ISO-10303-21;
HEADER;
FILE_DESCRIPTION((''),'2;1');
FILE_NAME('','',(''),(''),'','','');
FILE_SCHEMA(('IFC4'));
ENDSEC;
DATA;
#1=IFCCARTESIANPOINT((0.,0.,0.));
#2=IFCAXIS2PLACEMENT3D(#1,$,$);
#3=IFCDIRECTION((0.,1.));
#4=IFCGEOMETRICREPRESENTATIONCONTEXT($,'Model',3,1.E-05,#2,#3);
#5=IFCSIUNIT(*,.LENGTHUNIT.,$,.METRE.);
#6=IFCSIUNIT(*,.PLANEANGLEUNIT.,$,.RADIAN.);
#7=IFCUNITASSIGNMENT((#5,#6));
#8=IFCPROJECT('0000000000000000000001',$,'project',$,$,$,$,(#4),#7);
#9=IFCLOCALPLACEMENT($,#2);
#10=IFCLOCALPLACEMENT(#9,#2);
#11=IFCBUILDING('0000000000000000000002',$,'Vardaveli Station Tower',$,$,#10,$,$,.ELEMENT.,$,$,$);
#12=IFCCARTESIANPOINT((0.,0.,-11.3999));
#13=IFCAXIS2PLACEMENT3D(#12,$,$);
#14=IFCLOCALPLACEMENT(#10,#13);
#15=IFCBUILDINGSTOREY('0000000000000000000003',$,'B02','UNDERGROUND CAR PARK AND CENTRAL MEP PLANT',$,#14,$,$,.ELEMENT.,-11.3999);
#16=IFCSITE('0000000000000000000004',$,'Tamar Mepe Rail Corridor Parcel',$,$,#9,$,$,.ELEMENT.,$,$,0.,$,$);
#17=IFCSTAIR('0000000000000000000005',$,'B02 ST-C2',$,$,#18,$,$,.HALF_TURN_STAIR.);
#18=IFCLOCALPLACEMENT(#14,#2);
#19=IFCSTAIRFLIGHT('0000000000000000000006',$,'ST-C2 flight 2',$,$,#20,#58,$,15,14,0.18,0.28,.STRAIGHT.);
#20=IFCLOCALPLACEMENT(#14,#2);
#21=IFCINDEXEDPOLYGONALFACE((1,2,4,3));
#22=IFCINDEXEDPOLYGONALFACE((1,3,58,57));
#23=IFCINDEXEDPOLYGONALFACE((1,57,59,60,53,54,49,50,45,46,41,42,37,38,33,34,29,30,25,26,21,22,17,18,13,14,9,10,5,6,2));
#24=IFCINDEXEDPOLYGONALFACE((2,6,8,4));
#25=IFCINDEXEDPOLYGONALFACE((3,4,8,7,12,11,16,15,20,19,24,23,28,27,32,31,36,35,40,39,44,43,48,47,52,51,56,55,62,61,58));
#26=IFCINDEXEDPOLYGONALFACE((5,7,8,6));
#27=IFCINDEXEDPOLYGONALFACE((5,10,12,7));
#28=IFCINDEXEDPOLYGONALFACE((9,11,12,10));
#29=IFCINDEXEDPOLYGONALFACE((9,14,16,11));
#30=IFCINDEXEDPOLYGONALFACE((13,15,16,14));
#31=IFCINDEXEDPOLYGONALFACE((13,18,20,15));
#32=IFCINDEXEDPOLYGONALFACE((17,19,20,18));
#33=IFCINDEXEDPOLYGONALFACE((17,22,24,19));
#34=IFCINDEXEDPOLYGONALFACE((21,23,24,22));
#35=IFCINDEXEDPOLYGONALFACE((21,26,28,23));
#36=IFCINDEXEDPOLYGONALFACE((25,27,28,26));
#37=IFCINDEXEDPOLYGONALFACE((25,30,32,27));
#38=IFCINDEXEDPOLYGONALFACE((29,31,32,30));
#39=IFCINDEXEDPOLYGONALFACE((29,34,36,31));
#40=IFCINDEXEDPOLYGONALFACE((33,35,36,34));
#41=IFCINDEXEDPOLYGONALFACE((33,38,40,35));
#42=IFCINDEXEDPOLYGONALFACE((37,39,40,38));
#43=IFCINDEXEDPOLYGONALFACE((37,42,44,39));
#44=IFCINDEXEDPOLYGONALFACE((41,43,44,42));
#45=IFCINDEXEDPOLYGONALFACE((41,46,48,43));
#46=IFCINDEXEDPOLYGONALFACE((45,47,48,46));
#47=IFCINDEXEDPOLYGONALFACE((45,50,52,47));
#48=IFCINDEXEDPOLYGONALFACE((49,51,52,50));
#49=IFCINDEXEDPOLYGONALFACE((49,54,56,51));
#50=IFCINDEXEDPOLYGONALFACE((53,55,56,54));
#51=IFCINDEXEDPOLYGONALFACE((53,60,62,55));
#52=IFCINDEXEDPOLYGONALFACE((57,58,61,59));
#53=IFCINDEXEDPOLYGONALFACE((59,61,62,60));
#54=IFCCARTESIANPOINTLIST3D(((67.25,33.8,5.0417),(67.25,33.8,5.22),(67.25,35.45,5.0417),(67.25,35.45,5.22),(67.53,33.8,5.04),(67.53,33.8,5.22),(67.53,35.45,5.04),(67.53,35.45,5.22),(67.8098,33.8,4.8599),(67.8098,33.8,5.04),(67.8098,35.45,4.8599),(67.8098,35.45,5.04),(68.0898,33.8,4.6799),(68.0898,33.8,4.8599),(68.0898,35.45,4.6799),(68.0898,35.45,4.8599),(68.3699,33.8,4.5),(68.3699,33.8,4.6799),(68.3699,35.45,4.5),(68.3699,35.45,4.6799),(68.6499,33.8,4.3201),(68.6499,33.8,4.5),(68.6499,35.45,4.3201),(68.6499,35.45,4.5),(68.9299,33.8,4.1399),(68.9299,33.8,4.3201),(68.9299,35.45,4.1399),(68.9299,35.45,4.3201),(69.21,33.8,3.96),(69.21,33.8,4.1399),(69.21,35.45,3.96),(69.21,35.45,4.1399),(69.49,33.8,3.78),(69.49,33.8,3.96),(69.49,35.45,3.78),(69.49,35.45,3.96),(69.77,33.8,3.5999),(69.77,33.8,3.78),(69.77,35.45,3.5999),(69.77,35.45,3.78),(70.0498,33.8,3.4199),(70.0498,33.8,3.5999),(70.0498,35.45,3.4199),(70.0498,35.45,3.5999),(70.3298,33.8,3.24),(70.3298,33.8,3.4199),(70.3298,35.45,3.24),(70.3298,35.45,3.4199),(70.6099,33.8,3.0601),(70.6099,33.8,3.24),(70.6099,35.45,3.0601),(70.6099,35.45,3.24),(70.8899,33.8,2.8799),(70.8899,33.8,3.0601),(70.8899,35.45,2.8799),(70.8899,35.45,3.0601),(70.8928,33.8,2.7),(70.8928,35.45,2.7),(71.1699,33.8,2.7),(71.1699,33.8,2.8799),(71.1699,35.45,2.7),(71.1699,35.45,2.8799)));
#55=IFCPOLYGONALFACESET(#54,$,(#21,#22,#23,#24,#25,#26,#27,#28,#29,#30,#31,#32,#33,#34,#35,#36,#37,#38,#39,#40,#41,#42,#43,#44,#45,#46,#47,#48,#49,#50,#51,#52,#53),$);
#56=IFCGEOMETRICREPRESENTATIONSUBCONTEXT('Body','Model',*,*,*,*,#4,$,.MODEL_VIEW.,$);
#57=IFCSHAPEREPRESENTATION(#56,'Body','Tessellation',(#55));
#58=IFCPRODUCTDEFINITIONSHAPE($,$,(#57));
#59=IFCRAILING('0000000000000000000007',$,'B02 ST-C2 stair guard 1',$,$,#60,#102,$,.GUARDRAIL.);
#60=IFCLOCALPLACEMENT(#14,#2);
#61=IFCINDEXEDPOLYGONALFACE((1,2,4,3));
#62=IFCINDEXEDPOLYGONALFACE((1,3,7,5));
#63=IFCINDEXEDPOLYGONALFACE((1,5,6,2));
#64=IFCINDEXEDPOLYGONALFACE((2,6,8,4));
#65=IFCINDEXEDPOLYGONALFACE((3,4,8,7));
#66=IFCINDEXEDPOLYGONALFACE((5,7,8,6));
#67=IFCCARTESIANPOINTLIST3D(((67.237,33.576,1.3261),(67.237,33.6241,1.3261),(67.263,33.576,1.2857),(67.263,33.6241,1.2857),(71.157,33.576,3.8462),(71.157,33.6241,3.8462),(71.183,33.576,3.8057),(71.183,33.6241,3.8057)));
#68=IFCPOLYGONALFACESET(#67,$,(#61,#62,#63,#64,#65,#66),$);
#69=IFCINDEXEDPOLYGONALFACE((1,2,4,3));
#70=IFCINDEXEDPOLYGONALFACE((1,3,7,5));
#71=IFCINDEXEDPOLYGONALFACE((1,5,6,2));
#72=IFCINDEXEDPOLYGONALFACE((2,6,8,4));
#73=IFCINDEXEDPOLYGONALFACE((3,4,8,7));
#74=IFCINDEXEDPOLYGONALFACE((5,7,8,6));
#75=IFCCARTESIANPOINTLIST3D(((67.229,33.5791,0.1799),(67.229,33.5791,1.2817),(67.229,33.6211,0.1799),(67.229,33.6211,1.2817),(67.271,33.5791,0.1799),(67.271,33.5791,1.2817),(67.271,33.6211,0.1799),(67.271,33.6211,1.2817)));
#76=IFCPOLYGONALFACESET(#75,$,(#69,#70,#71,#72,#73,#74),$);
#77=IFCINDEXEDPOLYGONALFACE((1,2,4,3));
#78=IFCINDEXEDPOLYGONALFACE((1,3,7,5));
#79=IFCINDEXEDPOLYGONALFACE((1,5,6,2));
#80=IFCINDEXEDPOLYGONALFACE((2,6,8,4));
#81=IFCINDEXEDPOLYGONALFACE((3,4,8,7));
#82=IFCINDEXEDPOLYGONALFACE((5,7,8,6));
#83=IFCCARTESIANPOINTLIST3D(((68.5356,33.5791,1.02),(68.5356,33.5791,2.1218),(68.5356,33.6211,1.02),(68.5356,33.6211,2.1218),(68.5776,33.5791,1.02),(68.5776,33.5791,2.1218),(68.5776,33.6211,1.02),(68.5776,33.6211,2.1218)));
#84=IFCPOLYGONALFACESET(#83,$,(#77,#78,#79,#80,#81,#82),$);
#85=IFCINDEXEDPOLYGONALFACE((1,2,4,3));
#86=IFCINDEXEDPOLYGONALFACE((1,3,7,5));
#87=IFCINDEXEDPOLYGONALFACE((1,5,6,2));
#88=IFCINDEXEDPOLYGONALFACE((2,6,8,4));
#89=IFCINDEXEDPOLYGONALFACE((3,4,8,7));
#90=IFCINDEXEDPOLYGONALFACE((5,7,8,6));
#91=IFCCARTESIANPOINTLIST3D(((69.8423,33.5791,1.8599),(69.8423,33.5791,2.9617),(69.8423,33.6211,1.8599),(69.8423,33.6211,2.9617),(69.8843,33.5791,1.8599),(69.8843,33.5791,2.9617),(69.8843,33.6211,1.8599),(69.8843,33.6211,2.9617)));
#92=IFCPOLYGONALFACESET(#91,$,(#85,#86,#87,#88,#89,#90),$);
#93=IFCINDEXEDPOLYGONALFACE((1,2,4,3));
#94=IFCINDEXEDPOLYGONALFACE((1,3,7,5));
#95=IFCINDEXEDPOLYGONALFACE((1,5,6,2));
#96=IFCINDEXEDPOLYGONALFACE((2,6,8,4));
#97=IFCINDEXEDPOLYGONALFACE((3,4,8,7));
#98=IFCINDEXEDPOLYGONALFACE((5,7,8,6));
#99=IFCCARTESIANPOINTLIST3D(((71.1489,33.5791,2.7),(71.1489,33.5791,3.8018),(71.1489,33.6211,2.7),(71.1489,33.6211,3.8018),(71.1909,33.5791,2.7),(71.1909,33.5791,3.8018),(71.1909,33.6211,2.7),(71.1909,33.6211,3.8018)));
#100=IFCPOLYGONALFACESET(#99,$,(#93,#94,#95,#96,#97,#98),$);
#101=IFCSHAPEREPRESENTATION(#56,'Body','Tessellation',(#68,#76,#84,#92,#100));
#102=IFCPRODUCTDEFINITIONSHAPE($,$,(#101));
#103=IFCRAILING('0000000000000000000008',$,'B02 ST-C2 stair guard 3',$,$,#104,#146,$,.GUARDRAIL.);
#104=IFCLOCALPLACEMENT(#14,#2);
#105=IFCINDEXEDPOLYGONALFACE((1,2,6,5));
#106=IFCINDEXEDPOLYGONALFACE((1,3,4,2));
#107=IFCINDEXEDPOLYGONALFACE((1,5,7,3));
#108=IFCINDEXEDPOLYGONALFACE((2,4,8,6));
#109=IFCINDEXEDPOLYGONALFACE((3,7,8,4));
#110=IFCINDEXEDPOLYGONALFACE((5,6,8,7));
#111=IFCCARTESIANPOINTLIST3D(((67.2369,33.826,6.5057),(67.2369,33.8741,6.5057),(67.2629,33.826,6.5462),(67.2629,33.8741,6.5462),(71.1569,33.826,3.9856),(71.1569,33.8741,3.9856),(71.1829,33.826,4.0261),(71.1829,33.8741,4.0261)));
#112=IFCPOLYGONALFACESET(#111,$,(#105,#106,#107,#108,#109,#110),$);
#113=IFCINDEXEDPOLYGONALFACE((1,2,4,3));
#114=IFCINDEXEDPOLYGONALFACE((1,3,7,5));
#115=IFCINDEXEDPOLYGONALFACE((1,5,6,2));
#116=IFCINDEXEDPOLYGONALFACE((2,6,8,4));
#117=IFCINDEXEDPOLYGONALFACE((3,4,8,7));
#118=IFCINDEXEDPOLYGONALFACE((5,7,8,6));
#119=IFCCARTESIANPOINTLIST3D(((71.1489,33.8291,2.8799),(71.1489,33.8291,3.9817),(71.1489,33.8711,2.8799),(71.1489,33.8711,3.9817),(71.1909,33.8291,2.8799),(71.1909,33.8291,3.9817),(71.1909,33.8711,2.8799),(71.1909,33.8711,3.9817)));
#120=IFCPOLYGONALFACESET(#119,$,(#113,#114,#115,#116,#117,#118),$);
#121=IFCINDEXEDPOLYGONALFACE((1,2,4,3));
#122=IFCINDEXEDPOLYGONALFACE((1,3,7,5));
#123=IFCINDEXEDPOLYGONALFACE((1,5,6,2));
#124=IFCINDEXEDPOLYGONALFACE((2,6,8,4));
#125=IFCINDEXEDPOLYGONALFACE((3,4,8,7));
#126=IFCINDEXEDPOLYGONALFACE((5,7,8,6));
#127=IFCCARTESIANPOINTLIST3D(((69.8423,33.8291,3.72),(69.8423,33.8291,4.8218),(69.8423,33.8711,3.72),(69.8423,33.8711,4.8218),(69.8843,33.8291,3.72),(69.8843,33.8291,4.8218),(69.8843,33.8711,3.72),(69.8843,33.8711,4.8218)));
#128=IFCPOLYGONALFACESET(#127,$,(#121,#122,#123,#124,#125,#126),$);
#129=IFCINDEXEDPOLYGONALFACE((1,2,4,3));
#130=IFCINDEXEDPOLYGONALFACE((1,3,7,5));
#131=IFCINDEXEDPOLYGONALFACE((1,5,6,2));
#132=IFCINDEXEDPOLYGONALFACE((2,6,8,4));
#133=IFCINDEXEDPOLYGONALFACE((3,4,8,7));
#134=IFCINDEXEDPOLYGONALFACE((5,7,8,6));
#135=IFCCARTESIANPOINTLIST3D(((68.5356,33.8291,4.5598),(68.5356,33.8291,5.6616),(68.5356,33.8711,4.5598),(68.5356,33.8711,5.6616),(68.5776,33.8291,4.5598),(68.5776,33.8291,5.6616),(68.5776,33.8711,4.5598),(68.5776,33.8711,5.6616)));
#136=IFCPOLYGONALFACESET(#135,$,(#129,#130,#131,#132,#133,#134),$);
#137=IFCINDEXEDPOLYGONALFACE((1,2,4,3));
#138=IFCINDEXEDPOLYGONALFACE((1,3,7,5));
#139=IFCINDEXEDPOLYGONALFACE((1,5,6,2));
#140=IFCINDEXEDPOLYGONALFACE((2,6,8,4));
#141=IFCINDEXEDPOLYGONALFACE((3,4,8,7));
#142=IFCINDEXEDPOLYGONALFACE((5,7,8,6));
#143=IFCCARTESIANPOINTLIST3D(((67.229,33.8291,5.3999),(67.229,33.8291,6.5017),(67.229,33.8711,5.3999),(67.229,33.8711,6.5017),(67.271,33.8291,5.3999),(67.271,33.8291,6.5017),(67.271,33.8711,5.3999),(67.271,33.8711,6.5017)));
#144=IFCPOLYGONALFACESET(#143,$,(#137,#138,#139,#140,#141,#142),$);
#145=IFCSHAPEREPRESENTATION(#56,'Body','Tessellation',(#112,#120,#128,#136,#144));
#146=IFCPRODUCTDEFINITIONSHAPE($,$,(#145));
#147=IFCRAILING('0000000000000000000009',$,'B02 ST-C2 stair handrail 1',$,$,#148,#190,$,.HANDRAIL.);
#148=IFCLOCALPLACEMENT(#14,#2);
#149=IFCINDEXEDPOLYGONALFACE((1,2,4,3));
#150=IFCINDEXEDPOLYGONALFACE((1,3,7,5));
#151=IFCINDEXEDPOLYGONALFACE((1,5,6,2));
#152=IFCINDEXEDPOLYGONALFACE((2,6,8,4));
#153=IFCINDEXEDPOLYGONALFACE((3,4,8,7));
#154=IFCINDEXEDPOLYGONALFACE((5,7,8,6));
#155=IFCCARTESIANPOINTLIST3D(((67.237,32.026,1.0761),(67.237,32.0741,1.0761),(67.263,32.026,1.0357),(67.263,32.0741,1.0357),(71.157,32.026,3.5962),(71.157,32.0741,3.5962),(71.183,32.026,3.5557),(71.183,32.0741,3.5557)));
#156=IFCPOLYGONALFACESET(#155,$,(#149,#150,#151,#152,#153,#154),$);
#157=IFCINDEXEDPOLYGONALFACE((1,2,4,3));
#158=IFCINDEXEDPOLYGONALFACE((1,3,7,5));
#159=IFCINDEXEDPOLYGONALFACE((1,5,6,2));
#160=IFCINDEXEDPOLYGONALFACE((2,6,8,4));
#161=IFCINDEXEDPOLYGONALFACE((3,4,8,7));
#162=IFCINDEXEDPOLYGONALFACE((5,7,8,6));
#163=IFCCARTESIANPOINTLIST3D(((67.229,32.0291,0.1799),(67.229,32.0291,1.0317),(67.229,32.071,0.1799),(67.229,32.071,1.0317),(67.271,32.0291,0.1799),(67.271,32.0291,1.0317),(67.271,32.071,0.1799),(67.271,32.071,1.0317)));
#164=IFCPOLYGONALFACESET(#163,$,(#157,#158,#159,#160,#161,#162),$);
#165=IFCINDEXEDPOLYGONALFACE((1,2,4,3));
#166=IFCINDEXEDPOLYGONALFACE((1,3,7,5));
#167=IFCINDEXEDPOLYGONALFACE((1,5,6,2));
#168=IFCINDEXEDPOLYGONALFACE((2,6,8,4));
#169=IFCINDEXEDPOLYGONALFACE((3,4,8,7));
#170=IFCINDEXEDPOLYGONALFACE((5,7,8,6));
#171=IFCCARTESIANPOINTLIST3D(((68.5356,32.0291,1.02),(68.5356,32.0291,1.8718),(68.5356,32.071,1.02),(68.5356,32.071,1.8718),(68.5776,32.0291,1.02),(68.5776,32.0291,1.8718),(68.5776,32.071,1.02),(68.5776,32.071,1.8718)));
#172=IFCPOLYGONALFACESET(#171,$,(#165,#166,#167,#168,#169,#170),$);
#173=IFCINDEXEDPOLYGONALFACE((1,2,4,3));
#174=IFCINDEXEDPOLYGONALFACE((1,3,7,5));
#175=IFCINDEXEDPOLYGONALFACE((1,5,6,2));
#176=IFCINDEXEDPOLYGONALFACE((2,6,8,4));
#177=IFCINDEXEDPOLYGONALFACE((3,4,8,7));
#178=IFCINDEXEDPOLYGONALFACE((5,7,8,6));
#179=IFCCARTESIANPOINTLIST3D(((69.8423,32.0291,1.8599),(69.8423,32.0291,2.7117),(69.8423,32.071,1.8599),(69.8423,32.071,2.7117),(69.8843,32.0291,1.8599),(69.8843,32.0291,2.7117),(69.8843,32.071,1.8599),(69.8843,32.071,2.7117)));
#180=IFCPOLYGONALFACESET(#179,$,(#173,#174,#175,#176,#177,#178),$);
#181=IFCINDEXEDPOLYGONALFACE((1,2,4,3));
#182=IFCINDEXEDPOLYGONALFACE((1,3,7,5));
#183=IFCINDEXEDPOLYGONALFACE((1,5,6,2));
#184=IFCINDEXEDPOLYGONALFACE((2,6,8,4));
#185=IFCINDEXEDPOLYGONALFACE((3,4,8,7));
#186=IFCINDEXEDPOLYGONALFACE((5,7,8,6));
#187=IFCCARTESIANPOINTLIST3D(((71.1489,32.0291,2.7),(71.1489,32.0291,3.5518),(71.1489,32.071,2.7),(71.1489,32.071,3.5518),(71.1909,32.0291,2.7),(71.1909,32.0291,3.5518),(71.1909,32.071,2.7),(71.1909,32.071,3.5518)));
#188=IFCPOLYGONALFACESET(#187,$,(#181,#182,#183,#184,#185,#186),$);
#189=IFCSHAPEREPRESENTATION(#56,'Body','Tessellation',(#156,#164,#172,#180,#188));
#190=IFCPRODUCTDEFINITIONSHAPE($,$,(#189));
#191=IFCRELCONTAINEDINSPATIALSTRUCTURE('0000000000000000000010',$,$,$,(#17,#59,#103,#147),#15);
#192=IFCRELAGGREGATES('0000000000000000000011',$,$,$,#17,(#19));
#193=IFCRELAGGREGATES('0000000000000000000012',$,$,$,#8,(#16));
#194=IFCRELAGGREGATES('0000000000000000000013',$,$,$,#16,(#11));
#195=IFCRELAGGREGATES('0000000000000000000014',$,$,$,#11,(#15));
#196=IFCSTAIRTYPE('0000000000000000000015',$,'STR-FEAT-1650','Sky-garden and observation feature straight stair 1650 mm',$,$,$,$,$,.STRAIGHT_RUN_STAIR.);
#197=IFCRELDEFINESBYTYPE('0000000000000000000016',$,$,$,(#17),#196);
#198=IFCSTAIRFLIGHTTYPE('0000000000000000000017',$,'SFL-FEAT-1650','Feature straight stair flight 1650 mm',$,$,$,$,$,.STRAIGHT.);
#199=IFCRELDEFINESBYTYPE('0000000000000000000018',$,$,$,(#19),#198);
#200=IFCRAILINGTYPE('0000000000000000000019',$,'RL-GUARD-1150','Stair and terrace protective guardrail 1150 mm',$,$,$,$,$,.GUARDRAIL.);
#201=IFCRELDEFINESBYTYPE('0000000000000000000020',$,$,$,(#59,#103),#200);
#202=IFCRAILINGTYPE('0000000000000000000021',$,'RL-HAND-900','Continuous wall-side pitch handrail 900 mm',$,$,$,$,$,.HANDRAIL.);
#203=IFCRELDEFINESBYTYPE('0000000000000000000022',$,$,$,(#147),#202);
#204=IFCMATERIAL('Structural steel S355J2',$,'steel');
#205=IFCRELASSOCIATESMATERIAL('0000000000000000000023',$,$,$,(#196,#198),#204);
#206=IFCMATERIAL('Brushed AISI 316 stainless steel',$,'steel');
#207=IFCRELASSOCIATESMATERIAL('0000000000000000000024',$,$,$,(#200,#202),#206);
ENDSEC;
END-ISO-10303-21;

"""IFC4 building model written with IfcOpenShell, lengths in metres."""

from ifc_helpers import new_model, si_unit, direction, frame, origin, origin_2d, place, context, subcontext, project, spatial, polyline, rectangle, outline, extrude, source, transform, mapped, material, type_object, element, aggregate, save


model = new_model("IFC4")

# Units and contexts
model_context = context("Model", 3, precision=1e-05, world=origin(), true_north=direction((0.0, 1.0)))
body_context = subcontext(model_context, "Body", "Model", "MODEL_VIEW")
ifc_project = project(units=[si_unit("LENGTHUNIT", "METRE"), si_unit("PLANEANGLEUNIT", "RADIAN")], contexts=[model_context])

# Site, building, storey
site_placement = place(None, origin())
site = spatial("IfcSite", under=ifc_project, at=site_placement, Name="Tamar Mepe Rail Corridor Parcel", CompositionType="ELEMENT", RefElevation=0.0)
building_placement = place(site_placement, origin())
building = spatial("IfcBuilding", under=site, at=building_placement, Name="Vardaveli Station Tower", CompositionType="ELEMENT")
storey_placement = place(building_placement, frame((0.0, 0.0, -11.3999)))
storey = spatial("IfcBuildingStorey", under=building, at=storey_placement, Name="B02", Description="UNDERGROUND CAR PARK AND CENTRAL MEP PLANT", CompositionType="ELEMENT", Elevation=-11.3999)

# Stair, stair flight
ifc_material_1 = material(Name="Structural steel S355J2", Category="steel")
stair_type = type_object("IfcStairType", Name="STR-FEAT-1650", Description="Sky-garden and observation feature straight stair 1650 mm", PredefinedType="STRAIGHT_RUN_STAIR", material=ifc_material_1)
stair_placement = place(storey_placement, origin())
stair = element("IfcStair", 1, at=stair_placement, inside=storey, type_object=stair_type, Name="B02 ST-C2", PredefinedType="HALF_TURN_STAIR")
stair_flight_type = type_object("IfcStairFlightType", Name="SFL-FEAT-1650", Description="Feature straight stair flight 1650 mm", PredefinedType="STRAIGHT", material=ifc_material_1)
shared_shape_1 = source(origin(), body_context, "Body", "SweptSolid", [
    extrude(outline(polyline([(0.0, 0.0), (0.0, 0.1799), (0.28, 0.1799), (0.28, 0.3601), (0.5601, 0.3601), (0.5601, 0.54), (0.8401, 0.54), (0.8401, 0.72), (1.1201, 0.72), (1.1201, 0.8999), (1.3999, 0.8999), (1.3999, 1.0801), (1.6799, 1.0801), (1.6799, 1.26), (1.96, 1.26), (1.96, 1.4399), (2.24, 1.4399), (2.24, 1.6201), (2.52, 1.6201), (2.52, 1.8), (2.8, 1.8), (2.8, 1.98), (3.0801, 1.98), (3.0801, 2.1599), (3.3601, 2.1599), (3.3601, 2.3401), (3.6399, 2.3401), (3.6399, 2.52), (3.9199, 2.52), (3.9199, 2.7), (3.9199, 2.3418), (0.2771, 0.0), (0.0, 0.0)])), frame((0.0, 0.825, 0.0), z_axis=(0.0, -1.0, 0.0), x_axis=(1.0, 0.0, 0.0)), (0.0, 0.0, 1.0), 1.6499),
])
stair_flight_1_placement = place(storey_placement, frame((71.1699, 34.625, 2.7), z_axis=(0.0, 0.0, 1.0), x_axis=(-1.0, 0.0, 0.0)))
stair_flight_1 = element("IfcStairFlight", 2, at=stair_flight_1_placement, type_object=stair_flight_type, Name="ST-C2 flight 2", NumberOfRisers=15, NumberOfTreads=14, PredefinedType="STRAIGHT", RiserHeight=0.18, TreadLength=0.28, context=body_context, shape_type="MappedRepresentation", body=[
    mapped(shared_shape_1, transform((0.0, 0.0, 0.0), scale=1.0)),
])
aggregate(stair, [stair_flight_1])

# Railings
ifc_material_2 = material(Name="Brushed AISI 316 stainless steel", Category="steel")
railing_type_1 = type_object("IfcRailingType", Name="RL-GUARD-1150", Description="Stair and terrace protective guardrail 1150 mm", PredefinedType="GUARDRAIL", material=ifc_material_2)
shared_shape_2 = source(origin(), body_context, "Body", "SweptSolid", [
    extrude(rectangle(XDim=0.0481, YDim=0.0481, at=origin_2d()), frame((0.0, 0.0, 1.126), z_axis=(0.841172, 0.0, 0.540768), x_axis=(0.0, 1.0, 0.0)), (0.0, 0.0, 1.0), 4.6602),
    extrude(rectangle(XDim=0.042, YDim=0.042, at=origin_2d()), origin(), (0.0, 0.0, 1.0), 1.1018),
    extrude(rectangle(XDim=0.042, YDim=0.042, at=origin_2d()), frame((1.3066, 0.0, 0.8401)), (0.0, 0.0, 1.0), 1.1018),
    extrude(rectangle(XDim=0.042, YDim=0.042, at=origin_2d()), frame((2.6133, 0.0, 1.6799)), (0.0, 0.0, 1.0), 1.1018),
    extrude(rectangle(XDim=0.042, YDim=0.042, at=origin_2d()), frame((3.9199, 0.0, 2.52)), (0.0, 0.0, 1.0), 1.1018),
])
railing_1_placement = place(storey_placement, frame((67.25, 33.6001, 0.1799)))
element("IfcRailing", 3, at=railing_1_placement, inside=storey, type_object=railing_type_1, Name="B02 ST-C2 stair guard 1", PredefinedType="GUARDRAIL", context=body_context, shape_type="MappedRepresentation", body=[
    mapped(shared_shape_2, transform((0.0, 0.0, 0.0), scale=1.0)),
])
shared_shape_3 = source(origin(), body_context, "Body", "SweptSolid", [
    extrude(rectangle(XDim=0.0481, YDim=0.0481, at=origin_2d()), frame((0.0, 0.0, 1.126), z_axis=(-0.841172, 0.0, 0.540768), x_axis=(0.0, -1.0, 0.0)), (0.0, 0.0, 1.0), 4.6602),
    extrude(rectangle(XDim=0.042, YDim=0.042, at=origin_2d()), origin(), (0.0, 0.0, 1.0), 1.1018),
    extrude(rectangle(XDim=0.042, YDim=0.042, at=origin_2d()), frame((-1.3066, 0.0, 0.8401)), (0.0, 0.0, 1.0), 1.1018),
    extrude(rectangle(XDim=0.042, YDim=0.042, at=origin_2d()), frame((-2.6133, 0.0, 1.6799)), (0.0, 0.0, 1.0), 1.1018),
    extrude(rectangle(XDim=0.042, YDim=0.042, at=origin_2d()), frame((-3.9199, 0.0, 2.52)), (0.0, 0.0, 1.0), 1.1018),
])
railing_2_placement = place(storey_placement, frame((71.1699, 33.8501, 2.8799)))
element("IfcRailing", 4, at=railing_2_placement, inside=storey, type_object=railing_type_1, Name="B02 ST-C2 stair guard 3", PredefinedType="GUARDRAIL", context=body_context, shape_type="MappedRepresentation", body=[
    mapped(shared_shape_3, transform((0.0, 0.0, 0.0), scale=1.0)),
])
railing_type_2 = type_object("IfcRailingType", Name="RL-HAND-900", Description="Continuous wall-side pitch handrail 900 mm", PredefinedType="HANDRAIL", material=ifc_material_2)
shared_shape_4 = source(origin(), body_context, "Body", "SweptSolid", [
    extrude(rectangle(XDim=0.0481, YDim=0.0481, at=origin_2d()), frame((0.0, 0.0, 0.876), z_axis=(0.841172, 0.0, 0.540768), x_axis=(0.0, 1.0, 0.0)), (0.0, 0.0, 1.0), 4.6602),
    extrude(rectangle(XDim=0.042, YDim=0.042, at=origin_2d()), origin(), (0.0, 0.0, 1.0), 0.8518),
    extrude(rectangle(XDim=0.042, YDim=0.042, at=origin_2d()), frame((1.3066, 0.0, 0.8401)), (0.0, 0.0, 1.0), 0.8518),
    extrude(rectangle(XDim=0.042, YDim=0.042, at=origin_2d()), frame((2.6133, 0.0, 1.6799)), (0.0, 0.0, 1.0), 0.8518),
    extrude(rectangle(XDim=0.042, YDim=0.042, at=origin_2d()), frame((3.9199, 0.0, 2.52)), (0.0, 0.0, 1.0), 0.8518),
])
railing_3_placement = place(storey_placement, frame((67.25, 32.05, 0.1799)))
element("IfcRailing", 5, at=railing_3_placement, inside=storey, type_object=railing_type_2, Name="B02 ST-C2 stair handrail 1", PredefinedType="HANDRAIL", context=body_context, shape_type="MappedRepresentation", body=[
    mapped(shared_shape_4, transform((0.0, 0.0, 0.0), scale=1.0)),
])

save(model, "model.ifc")
